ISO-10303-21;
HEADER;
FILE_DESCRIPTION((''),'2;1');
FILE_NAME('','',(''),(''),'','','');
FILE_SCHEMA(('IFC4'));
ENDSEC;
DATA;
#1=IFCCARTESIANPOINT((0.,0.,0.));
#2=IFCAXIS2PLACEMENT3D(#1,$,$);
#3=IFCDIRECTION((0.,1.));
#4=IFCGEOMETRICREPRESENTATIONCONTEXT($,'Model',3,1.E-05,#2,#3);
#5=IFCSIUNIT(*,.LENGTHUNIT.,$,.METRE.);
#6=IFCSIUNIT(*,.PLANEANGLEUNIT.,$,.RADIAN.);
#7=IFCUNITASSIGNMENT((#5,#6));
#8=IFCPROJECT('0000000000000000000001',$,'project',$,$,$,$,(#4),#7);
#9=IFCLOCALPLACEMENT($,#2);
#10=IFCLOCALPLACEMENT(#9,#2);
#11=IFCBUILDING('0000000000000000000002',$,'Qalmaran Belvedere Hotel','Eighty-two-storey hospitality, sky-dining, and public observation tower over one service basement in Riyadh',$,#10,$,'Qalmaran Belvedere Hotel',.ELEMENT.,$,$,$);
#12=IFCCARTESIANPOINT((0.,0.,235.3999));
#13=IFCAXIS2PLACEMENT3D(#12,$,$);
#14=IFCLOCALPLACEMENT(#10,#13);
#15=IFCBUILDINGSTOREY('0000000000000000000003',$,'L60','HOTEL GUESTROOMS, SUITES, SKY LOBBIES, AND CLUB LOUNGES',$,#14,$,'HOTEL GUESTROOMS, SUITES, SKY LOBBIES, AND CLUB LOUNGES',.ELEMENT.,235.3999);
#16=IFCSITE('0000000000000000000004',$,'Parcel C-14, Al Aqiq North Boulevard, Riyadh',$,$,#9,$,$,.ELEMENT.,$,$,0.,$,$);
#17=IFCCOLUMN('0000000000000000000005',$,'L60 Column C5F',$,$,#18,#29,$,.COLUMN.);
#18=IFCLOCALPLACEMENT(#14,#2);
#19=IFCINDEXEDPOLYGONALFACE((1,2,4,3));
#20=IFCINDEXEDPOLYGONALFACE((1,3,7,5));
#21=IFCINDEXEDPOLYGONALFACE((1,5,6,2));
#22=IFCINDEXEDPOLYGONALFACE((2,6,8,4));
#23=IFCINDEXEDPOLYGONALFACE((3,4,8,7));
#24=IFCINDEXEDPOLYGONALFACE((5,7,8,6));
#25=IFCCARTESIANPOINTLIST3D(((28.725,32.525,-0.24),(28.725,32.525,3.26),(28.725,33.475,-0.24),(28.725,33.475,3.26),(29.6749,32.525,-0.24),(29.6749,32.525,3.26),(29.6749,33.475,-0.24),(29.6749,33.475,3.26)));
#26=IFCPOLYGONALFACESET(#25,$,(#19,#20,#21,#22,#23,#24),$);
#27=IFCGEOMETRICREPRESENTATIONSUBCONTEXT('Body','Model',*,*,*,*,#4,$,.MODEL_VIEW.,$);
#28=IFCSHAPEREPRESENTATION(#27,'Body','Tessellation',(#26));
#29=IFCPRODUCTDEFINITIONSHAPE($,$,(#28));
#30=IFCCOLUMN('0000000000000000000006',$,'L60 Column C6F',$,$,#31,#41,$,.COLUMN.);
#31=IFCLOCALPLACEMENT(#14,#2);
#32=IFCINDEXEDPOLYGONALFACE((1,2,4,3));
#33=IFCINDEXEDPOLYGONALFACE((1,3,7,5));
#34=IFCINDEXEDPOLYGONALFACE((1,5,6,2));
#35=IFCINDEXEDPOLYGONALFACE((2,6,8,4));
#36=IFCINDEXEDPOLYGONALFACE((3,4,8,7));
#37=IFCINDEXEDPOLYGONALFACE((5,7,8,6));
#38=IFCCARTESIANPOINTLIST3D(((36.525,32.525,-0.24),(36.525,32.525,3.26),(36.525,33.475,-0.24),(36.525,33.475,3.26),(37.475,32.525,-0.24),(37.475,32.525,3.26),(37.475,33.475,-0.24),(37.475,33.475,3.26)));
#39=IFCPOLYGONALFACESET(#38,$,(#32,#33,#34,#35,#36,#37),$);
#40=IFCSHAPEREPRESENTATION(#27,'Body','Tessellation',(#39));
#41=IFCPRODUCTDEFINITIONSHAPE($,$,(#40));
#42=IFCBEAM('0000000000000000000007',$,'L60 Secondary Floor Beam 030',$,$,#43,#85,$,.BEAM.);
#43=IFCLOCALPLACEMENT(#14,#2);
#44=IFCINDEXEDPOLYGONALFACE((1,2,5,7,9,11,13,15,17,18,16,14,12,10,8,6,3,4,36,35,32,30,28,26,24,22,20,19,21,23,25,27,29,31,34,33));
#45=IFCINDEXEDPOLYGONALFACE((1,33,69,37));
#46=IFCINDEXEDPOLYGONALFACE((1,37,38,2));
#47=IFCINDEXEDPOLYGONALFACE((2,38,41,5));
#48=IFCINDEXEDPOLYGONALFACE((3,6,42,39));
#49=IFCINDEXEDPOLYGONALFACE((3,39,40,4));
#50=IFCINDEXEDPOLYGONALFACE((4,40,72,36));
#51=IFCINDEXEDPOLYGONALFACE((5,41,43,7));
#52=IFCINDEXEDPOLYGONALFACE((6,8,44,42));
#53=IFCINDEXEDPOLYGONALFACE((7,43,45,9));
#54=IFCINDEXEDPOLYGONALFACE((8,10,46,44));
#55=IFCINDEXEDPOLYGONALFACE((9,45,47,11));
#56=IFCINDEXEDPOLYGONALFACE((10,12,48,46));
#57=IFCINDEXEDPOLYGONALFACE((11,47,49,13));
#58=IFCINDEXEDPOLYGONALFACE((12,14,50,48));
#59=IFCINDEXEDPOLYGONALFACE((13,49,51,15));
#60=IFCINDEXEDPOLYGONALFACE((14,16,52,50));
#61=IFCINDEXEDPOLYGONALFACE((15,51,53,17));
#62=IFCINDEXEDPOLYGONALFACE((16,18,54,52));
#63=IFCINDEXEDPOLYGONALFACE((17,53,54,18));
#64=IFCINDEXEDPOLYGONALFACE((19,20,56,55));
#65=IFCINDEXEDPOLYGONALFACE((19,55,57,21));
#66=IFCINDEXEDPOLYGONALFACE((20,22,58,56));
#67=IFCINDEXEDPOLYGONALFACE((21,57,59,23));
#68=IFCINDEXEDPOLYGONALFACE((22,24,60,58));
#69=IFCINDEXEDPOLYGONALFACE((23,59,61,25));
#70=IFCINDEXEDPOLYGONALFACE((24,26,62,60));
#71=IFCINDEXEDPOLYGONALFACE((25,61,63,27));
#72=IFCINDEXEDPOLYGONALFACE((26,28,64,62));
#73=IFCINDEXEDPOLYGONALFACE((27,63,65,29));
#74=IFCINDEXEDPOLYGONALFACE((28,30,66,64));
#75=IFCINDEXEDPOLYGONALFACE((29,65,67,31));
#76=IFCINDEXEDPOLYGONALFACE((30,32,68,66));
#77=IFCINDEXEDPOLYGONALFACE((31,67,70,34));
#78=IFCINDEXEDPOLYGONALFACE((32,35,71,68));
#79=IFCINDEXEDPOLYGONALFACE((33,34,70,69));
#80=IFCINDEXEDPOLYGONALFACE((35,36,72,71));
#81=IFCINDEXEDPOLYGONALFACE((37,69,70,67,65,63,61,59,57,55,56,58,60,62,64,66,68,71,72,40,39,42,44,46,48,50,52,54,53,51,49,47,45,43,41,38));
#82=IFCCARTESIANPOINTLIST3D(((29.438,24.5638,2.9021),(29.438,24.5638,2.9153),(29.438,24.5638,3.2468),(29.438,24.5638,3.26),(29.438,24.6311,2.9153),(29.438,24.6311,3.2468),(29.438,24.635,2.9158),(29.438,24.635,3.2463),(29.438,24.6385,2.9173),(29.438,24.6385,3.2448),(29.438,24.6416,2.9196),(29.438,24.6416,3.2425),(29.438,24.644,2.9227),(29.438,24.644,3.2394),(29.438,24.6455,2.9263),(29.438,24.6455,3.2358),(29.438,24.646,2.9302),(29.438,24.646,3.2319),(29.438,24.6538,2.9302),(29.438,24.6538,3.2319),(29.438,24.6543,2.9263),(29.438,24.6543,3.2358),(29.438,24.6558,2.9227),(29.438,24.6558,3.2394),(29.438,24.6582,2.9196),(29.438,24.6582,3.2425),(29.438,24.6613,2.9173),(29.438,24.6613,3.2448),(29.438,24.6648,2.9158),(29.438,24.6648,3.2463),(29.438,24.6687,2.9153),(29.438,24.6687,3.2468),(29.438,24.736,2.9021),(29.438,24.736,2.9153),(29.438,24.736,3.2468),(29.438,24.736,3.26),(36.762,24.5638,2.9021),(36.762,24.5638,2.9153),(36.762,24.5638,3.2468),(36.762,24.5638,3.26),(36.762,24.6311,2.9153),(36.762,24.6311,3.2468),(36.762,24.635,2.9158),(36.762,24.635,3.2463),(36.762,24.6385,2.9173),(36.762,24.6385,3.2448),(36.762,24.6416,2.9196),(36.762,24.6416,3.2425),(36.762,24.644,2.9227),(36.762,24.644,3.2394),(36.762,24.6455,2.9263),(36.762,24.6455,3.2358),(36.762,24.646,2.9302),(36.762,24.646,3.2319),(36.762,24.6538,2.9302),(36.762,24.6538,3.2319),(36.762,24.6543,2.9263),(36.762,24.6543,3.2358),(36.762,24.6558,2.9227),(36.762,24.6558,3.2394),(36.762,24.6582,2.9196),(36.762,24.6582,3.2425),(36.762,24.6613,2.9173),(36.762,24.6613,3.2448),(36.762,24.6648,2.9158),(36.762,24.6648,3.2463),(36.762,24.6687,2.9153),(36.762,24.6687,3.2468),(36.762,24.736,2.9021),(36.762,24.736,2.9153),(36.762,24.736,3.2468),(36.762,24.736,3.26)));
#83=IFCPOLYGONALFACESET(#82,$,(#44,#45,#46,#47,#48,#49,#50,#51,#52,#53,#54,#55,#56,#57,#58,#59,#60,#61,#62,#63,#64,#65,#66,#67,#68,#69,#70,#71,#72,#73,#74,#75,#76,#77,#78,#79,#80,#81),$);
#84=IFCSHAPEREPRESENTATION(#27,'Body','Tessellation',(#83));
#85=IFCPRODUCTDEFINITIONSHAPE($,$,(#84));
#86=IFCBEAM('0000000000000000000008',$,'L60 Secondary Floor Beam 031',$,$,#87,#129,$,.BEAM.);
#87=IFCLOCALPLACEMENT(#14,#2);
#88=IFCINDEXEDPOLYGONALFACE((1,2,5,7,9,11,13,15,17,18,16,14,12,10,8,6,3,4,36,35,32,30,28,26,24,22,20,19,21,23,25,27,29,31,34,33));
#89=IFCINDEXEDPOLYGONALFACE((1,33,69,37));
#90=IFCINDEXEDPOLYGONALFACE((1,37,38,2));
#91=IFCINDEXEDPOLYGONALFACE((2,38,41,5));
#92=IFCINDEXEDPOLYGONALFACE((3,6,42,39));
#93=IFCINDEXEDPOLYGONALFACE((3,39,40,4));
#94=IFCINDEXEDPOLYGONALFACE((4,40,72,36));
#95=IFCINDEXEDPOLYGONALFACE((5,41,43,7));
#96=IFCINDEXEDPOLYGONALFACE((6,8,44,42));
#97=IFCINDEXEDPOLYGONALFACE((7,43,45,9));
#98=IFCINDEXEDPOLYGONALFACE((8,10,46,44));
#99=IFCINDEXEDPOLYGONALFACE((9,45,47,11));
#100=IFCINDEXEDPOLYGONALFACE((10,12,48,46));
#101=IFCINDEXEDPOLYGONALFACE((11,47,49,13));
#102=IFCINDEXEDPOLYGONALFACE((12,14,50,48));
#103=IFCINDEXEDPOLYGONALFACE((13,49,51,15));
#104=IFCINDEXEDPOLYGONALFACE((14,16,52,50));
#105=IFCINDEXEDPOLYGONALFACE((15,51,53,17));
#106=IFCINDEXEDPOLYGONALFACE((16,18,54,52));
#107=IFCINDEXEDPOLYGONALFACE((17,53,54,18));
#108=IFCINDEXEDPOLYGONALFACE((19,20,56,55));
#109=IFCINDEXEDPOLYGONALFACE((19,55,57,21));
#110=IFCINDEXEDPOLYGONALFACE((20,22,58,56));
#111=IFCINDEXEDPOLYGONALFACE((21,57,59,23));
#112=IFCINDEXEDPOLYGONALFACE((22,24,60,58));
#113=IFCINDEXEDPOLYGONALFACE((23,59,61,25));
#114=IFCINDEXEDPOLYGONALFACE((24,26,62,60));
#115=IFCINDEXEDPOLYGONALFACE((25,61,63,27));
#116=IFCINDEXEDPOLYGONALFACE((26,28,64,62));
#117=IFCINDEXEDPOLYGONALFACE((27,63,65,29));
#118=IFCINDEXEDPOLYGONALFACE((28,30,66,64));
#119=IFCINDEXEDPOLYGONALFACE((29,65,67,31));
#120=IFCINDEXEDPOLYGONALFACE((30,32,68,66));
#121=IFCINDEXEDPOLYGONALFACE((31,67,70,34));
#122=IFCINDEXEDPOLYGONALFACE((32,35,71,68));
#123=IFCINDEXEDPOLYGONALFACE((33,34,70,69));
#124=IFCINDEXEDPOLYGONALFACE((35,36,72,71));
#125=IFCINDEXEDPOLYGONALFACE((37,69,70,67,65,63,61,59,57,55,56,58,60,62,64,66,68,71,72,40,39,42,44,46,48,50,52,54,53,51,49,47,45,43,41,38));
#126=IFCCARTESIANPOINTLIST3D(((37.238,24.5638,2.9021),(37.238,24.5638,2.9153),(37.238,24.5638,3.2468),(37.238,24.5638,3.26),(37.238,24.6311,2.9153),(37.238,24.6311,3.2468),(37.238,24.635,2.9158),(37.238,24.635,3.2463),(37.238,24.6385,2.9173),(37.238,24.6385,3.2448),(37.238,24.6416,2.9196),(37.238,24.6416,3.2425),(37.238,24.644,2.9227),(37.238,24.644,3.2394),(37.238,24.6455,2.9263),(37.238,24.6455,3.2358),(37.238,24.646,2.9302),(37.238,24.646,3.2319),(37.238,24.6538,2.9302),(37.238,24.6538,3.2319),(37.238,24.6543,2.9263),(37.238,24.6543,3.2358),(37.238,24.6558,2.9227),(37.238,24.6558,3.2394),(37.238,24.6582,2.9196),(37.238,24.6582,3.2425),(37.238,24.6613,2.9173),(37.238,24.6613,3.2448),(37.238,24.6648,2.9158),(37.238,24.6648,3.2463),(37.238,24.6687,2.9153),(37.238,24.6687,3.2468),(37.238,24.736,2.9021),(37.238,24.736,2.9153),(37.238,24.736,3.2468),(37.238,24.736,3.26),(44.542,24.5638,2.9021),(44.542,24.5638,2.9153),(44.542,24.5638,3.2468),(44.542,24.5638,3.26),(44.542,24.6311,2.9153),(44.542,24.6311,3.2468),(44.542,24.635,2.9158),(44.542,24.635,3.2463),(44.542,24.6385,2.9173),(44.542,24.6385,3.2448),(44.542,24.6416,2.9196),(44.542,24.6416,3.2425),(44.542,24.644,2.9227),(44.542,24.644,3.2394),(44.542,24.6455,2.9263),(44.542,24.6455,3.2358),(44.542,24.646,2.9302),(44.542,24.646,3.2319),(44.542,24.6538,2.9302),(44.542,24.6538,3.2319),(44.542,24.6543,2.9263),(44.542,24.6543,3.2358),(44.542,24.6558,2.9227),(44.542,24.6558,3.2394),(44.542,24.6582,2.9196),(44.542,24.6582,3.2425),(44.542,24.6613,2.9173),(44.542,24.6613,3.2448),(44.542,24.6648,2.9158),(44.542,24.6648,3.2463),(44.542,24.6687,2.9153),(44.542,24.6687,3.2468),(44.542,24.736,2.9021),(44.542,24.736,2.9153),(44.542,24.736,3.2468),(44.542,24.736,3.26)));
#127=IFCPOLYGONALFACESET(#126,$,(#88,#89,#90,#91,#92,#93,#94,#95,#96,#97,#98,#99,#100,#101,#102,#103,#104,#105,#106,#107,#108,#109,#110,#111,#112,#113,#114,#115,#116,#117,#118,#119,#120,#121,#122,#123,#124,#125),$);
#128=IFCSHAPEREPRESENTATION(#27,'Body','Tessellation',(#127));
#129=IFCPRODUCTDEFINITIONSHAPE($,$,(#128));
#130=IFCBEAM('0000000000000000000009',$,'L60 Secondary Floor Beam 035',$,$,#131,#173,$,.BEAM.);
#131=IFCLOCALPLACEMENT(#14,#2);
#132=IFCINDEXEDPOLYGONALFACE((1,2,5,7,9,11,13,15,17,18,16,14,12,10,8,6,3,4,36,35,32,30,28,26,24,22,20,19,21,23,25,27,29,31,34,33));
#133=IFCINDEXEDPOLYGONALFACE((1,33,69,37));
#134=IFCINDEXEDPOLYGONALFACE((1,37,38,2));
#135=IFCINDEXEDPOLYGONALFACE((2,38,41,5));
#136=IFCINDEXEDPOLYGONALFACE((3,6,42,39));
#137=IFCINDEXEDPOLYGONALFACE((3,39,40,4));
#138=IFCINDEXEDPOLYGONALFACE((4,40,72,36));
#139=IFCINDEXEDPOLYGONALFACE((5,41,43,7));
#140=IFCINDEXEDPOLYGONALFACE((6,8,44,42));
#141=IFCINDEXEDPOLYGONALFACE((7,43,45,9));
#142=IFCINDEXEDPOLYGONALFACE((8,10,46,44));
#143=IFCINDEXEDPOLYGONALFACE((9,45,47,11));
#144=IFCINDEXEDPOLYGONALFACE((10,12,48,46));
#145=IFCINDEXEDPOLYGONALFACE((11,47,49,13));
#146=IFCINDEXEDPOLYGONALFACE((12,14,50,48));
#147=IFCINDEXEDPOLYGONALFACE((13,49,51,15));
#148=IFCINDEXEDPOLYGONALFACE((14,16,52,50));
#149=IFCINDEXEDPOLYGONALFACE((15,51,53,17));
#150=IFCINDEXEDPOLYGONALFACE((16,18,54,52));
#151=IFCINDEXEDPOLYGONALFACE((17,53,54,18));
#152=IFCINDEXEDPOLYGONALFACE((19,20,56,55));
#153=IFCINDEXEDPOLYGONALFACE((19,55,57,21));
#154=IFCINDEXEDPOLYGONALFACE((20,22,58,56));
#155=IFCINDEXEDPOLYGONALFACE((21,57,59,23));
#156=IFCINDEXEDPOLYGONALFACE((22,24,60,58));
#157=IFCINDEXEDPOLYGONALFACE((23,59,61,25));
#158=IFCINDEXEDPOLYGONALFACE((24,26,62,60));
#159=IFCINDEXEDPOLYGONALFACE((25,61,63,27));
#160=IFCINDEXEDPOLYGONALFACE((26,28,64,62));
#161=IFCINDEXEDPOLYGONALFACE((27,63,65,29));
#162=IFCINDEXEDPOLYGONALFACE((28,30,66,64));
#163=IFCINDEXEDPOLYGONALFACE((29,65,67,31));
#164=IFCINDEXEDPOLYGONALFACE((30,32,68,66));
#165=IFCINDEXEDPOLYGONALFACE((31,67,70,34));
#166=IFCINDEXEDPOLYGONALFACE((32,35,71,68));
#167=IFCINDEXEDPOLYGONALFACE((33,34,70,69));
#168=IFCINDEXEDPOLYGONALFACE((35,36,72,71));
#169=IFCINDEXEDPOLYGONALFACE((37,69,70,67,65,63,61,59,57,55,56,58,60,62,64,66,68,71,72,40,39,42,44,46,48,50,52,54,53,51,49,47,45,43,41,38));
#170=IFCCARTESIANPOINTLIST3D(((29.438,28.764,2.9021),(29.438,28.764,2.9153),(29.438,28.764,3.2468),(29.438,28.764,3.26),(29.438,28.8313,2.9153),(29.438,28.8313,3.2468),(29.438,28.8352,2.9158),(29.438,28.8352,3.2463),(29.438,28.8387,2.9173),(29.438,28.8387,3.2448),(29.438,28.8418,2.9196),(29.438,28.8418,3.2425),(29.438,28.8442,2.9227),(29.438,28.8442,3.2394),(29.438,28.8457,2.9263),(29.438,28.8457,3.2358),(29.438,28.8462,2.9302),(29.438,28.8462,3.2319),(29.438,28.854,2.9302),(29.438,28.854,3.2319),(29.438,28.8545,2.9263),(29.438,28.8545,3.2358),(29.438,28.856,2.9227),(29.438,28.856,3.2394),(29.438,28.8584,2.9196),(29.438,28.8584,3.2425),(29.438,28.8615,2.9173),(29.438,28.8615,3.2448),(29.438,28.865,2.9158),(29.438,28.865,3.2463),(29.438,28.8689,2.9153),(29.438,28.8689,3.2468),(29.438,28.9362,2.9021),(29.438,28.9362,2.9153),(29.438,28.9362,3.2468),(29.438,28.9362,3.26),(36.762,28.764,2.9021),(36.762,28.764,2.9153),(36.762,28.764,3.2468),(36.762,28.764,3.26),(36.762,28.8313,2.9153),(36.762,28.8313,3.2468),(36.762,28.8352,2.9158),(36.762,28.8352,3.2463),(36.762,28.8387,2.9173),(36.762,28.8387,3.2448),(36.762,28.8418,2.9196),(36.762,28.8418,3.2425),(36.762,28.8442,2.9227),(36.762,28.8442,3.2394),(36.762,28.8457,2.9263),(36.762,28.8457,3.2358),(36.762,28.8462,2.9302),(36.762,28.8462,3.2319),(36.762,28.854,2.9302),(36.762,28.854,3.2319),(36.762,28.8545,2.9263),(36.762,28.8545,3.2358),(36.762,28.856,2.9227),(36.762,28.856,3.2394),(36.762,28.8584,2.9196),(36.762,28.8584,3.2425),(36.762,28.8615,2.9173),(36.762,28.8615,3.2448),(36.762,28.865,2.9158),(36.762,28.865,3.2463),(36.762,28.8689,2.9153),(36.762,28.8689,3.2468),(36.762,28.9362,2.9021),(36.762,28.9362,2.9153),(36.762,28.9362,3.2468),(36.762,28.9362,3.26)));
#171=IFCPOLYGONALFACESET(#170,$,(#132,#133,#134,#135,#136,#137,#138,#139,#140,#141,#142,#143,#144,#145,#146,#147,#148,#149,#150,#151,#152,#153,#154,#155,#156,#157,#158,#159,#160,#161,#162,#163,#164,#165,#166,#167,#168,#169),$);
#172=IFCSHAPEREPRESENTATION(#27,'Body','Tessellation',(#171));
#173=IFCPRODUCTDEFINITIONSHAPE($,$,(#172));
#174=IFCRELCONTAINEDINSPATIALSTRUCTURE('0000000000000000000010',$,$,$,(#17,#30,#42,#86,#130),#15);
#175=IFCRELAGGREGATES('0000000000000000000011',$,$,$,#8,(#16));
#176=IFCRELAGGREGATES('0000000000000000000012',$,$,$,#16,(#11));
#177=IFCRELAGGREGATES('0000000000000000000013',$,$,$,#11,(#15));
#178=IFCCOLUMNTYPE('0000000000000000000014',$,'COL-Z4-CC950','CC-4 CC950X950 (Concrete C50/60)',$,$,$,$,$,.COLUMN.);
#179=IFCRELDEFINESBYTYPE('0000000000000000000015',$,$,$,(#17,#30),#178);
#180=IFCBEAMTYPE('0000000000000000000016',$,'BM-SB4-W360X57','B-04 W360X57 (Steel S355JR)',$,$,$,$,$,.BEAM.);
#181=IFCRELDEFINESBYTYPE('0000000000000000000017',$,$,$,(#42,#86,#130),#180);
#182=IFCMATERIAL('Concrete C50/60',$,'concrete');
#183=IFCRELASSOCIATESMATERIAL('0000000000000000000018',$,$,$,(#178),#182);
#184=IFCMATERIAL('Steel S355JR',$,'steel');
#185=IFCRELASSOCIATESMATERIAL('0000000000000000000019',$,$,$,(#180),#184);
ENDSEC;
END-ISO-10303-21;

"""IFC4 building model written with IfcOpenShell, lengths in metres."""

from ifc_helpers import new_model, si_unit, direction, frame, origin, origin_2d, place, context, subcontext, project, spatial, rectangle, i_section, extrude, material, material_profile, profile_set, type_object, element, save


model = new_model("IFC4")

# Units and contexts
model_context = context("Model", 3, precision=1e-05, world=origin(), true_north=direction((0.0, 1.0)))
body_context = subcontext(model_context, "Body", "Model", "MODEL_VIEW")
ifc_project = project(units=[si_unit("LENGTHUNIT", "METRE"), si_unit("PLANEANGLEUNIT", "RADIAN")], contexts=[model_context])

# Site, building, storey
site_placement = place(None, origin())
site = spatial("IfcSite", under=ifc_project, at=site_placement, Name="Parcel C-14, Al Aqiq North Boulevard, Riyadh", CompositionType="ELEMENT", RefElevation=0.0)
building_placement = place(site_placement, origin())
building = spatial("IfcBuilding", under=site, at=building_placement, Name="Qalmaran Belvedere Hotel", Description="Eighty-two-storey hospitality, sky-dining, and public observation tower over one service basement in Riyadh", LongName="Qalmaran Belvedere Hotel", CompositionType="ELEMENT")
storey_placement = place(building_placement, frame((0.0, 0.0, 235.3999)))
storey = spatial("IfcBuildingStorey", under=building, at=storey_placement, Name="L60", Description="HOTEL GUESTROOMS, SUITES, SKY LOBBIES, AND CLUB LOUNGES", LongName="HOTEL GUESTROOMS, SUITES, SKY LOBBIES, AND CLUB LOUNGES", CompositionType="ELEMENT", Elevation=235.3999)

# Columns
ifc_material_1 = material(Name="Concrete C50/60", Category="concrete")
ifc_material_profile_1 = material_profile(ifc_material_1, rectangle(XDim=0.95, YDim=0.95, at=origin_2d()), Name="CC950X950")
ifc_profile_set_1 = profile_set([ifc_material_profile_1], Name="Concrete C50/60")
column_type = type_object("IfcColumnType", Name="COL-Z4-CC950", Description="CC-4 CC950X950 (Concrete C50/60)", PredefinedType="COLUMN", material=ifc_profile_set_1)
for number, where, z_axis, x_axis, name in (
    (1, (29.2, 33.0, -0.24), (0.0, 0.0, 1.0), (1.0, 0.0, 0.0), "L60 Column C5F"),
    (2, (37.0, 33.0, -0.24), (0.0, 0.0, 1.0), (1.0, 0.0, 0.0), "L60 Column C6F"),
):
    element("IfcColumn", number, at=place(storey_placement, frame(where, z_axis=z_axis, x_axis=x_axis)), inside=storey, type_object=column_type, Name=name, PredefinedType="COLUMN", context=body_context, shape_type="SweptSolid", body=[
        extrude(rectangle(XDim=0.95, YDim=0.95, at=origin_2d()), origin(), (0.0, 0.0, 1.0), 3.5),
    ])

# Beams
ifc_material_2 = material(Name="Steel S355JR", Category="steel")
ifc_material_profile_2 = material_profile(ifc_material_2, i_section(OverallWidth=0.1721, OverallDepth=0.3579, WebThickness=0.0078, FlangeThickness=0.0132, FilletRadius=0.0149, at=origin_2d()), Name="W360X57")
ifc_profile_set_2 = profile_set([ifc_material_profile_2], Name="Steel S355JR")
beam_type_1 = type_object("IfcBeamType", Name="BM-SB4-W360X57", Description="B-04 W360X57 (Steel S355JR)", PredefinedType="BEAM", material=ifc_profile_set_2)
beam_1_placement = place(storey_placement, frame((29.438, 24.6499, 3.0811), z_axis=(1.0, 0.0, 0.0), x_axis=(0.0, 1.0, 0.0)))
element("IfcBeam", 3, at=beam_1_placement, inside=storey, type_object=beam_type_1, Name="L60 Secondary Floor Beam 030", PredefinedType="BEAM", context=body_context, shape_type="SweptSolid", body=[
    extrude(i_section(OverallWidth=0.1721, OverallDepth=0.3579, WebThickness=0.0078, FlangeThickness=0.0132, FilletRadius=0.0149, at=origin_2d()), origin(), (0.0, 0.0, 1.0), 7.324),
])
beam_2_placement = place(storey_placement, frame((37.238, 24.6499, 3.0811), z_axis=(1.0, 0.0, 0.0), x_axis=(0.0, 1.0, 0.0)))
element("IfcBeam", 4, at=beam_2_placement, inside=storey, type_object=beam_type_1, Name="L60 Secondary Floor Beam 031", PredefinedType="BEAM", context=body_context, shape_type="SweptSolid", body=[
    extrude(i_section(OverallWidth=0.1721, OverallDepth=0.3579, WebThickness=0.0078, FlangeThickness=0.0132, FilletRadius=0.0149, at=origin_2d()), origin(), (0.0, 0.0, 1.0), 7.304),
])
beam_3_placement = place(storey_placement, frame((29.438, 28.8501, 3.0811), z_axis=(1.0, 0.0, 0.0), x_axis=(0.0, 1.0, 0.0)))
element("IfcBeam", 5, at=beam_3_placement, inside=storey, type_object=beam_type_1, Name="L60 Secondary Floor Beam 035", PredefinedType="BEAM", context=body_context, shape_type="SweptSolid", body=[
    extrude(i_section(OverallWidth=0.1721, OverallDepth=0.3579, WebThickness=0.0078, FlangeThickness=0.0132, FilletRadius=0.0149, at=origin_2d()), origin(), (0.0, 0.0, 1.0), 7.324),
])

save(model, "model.ifc")
